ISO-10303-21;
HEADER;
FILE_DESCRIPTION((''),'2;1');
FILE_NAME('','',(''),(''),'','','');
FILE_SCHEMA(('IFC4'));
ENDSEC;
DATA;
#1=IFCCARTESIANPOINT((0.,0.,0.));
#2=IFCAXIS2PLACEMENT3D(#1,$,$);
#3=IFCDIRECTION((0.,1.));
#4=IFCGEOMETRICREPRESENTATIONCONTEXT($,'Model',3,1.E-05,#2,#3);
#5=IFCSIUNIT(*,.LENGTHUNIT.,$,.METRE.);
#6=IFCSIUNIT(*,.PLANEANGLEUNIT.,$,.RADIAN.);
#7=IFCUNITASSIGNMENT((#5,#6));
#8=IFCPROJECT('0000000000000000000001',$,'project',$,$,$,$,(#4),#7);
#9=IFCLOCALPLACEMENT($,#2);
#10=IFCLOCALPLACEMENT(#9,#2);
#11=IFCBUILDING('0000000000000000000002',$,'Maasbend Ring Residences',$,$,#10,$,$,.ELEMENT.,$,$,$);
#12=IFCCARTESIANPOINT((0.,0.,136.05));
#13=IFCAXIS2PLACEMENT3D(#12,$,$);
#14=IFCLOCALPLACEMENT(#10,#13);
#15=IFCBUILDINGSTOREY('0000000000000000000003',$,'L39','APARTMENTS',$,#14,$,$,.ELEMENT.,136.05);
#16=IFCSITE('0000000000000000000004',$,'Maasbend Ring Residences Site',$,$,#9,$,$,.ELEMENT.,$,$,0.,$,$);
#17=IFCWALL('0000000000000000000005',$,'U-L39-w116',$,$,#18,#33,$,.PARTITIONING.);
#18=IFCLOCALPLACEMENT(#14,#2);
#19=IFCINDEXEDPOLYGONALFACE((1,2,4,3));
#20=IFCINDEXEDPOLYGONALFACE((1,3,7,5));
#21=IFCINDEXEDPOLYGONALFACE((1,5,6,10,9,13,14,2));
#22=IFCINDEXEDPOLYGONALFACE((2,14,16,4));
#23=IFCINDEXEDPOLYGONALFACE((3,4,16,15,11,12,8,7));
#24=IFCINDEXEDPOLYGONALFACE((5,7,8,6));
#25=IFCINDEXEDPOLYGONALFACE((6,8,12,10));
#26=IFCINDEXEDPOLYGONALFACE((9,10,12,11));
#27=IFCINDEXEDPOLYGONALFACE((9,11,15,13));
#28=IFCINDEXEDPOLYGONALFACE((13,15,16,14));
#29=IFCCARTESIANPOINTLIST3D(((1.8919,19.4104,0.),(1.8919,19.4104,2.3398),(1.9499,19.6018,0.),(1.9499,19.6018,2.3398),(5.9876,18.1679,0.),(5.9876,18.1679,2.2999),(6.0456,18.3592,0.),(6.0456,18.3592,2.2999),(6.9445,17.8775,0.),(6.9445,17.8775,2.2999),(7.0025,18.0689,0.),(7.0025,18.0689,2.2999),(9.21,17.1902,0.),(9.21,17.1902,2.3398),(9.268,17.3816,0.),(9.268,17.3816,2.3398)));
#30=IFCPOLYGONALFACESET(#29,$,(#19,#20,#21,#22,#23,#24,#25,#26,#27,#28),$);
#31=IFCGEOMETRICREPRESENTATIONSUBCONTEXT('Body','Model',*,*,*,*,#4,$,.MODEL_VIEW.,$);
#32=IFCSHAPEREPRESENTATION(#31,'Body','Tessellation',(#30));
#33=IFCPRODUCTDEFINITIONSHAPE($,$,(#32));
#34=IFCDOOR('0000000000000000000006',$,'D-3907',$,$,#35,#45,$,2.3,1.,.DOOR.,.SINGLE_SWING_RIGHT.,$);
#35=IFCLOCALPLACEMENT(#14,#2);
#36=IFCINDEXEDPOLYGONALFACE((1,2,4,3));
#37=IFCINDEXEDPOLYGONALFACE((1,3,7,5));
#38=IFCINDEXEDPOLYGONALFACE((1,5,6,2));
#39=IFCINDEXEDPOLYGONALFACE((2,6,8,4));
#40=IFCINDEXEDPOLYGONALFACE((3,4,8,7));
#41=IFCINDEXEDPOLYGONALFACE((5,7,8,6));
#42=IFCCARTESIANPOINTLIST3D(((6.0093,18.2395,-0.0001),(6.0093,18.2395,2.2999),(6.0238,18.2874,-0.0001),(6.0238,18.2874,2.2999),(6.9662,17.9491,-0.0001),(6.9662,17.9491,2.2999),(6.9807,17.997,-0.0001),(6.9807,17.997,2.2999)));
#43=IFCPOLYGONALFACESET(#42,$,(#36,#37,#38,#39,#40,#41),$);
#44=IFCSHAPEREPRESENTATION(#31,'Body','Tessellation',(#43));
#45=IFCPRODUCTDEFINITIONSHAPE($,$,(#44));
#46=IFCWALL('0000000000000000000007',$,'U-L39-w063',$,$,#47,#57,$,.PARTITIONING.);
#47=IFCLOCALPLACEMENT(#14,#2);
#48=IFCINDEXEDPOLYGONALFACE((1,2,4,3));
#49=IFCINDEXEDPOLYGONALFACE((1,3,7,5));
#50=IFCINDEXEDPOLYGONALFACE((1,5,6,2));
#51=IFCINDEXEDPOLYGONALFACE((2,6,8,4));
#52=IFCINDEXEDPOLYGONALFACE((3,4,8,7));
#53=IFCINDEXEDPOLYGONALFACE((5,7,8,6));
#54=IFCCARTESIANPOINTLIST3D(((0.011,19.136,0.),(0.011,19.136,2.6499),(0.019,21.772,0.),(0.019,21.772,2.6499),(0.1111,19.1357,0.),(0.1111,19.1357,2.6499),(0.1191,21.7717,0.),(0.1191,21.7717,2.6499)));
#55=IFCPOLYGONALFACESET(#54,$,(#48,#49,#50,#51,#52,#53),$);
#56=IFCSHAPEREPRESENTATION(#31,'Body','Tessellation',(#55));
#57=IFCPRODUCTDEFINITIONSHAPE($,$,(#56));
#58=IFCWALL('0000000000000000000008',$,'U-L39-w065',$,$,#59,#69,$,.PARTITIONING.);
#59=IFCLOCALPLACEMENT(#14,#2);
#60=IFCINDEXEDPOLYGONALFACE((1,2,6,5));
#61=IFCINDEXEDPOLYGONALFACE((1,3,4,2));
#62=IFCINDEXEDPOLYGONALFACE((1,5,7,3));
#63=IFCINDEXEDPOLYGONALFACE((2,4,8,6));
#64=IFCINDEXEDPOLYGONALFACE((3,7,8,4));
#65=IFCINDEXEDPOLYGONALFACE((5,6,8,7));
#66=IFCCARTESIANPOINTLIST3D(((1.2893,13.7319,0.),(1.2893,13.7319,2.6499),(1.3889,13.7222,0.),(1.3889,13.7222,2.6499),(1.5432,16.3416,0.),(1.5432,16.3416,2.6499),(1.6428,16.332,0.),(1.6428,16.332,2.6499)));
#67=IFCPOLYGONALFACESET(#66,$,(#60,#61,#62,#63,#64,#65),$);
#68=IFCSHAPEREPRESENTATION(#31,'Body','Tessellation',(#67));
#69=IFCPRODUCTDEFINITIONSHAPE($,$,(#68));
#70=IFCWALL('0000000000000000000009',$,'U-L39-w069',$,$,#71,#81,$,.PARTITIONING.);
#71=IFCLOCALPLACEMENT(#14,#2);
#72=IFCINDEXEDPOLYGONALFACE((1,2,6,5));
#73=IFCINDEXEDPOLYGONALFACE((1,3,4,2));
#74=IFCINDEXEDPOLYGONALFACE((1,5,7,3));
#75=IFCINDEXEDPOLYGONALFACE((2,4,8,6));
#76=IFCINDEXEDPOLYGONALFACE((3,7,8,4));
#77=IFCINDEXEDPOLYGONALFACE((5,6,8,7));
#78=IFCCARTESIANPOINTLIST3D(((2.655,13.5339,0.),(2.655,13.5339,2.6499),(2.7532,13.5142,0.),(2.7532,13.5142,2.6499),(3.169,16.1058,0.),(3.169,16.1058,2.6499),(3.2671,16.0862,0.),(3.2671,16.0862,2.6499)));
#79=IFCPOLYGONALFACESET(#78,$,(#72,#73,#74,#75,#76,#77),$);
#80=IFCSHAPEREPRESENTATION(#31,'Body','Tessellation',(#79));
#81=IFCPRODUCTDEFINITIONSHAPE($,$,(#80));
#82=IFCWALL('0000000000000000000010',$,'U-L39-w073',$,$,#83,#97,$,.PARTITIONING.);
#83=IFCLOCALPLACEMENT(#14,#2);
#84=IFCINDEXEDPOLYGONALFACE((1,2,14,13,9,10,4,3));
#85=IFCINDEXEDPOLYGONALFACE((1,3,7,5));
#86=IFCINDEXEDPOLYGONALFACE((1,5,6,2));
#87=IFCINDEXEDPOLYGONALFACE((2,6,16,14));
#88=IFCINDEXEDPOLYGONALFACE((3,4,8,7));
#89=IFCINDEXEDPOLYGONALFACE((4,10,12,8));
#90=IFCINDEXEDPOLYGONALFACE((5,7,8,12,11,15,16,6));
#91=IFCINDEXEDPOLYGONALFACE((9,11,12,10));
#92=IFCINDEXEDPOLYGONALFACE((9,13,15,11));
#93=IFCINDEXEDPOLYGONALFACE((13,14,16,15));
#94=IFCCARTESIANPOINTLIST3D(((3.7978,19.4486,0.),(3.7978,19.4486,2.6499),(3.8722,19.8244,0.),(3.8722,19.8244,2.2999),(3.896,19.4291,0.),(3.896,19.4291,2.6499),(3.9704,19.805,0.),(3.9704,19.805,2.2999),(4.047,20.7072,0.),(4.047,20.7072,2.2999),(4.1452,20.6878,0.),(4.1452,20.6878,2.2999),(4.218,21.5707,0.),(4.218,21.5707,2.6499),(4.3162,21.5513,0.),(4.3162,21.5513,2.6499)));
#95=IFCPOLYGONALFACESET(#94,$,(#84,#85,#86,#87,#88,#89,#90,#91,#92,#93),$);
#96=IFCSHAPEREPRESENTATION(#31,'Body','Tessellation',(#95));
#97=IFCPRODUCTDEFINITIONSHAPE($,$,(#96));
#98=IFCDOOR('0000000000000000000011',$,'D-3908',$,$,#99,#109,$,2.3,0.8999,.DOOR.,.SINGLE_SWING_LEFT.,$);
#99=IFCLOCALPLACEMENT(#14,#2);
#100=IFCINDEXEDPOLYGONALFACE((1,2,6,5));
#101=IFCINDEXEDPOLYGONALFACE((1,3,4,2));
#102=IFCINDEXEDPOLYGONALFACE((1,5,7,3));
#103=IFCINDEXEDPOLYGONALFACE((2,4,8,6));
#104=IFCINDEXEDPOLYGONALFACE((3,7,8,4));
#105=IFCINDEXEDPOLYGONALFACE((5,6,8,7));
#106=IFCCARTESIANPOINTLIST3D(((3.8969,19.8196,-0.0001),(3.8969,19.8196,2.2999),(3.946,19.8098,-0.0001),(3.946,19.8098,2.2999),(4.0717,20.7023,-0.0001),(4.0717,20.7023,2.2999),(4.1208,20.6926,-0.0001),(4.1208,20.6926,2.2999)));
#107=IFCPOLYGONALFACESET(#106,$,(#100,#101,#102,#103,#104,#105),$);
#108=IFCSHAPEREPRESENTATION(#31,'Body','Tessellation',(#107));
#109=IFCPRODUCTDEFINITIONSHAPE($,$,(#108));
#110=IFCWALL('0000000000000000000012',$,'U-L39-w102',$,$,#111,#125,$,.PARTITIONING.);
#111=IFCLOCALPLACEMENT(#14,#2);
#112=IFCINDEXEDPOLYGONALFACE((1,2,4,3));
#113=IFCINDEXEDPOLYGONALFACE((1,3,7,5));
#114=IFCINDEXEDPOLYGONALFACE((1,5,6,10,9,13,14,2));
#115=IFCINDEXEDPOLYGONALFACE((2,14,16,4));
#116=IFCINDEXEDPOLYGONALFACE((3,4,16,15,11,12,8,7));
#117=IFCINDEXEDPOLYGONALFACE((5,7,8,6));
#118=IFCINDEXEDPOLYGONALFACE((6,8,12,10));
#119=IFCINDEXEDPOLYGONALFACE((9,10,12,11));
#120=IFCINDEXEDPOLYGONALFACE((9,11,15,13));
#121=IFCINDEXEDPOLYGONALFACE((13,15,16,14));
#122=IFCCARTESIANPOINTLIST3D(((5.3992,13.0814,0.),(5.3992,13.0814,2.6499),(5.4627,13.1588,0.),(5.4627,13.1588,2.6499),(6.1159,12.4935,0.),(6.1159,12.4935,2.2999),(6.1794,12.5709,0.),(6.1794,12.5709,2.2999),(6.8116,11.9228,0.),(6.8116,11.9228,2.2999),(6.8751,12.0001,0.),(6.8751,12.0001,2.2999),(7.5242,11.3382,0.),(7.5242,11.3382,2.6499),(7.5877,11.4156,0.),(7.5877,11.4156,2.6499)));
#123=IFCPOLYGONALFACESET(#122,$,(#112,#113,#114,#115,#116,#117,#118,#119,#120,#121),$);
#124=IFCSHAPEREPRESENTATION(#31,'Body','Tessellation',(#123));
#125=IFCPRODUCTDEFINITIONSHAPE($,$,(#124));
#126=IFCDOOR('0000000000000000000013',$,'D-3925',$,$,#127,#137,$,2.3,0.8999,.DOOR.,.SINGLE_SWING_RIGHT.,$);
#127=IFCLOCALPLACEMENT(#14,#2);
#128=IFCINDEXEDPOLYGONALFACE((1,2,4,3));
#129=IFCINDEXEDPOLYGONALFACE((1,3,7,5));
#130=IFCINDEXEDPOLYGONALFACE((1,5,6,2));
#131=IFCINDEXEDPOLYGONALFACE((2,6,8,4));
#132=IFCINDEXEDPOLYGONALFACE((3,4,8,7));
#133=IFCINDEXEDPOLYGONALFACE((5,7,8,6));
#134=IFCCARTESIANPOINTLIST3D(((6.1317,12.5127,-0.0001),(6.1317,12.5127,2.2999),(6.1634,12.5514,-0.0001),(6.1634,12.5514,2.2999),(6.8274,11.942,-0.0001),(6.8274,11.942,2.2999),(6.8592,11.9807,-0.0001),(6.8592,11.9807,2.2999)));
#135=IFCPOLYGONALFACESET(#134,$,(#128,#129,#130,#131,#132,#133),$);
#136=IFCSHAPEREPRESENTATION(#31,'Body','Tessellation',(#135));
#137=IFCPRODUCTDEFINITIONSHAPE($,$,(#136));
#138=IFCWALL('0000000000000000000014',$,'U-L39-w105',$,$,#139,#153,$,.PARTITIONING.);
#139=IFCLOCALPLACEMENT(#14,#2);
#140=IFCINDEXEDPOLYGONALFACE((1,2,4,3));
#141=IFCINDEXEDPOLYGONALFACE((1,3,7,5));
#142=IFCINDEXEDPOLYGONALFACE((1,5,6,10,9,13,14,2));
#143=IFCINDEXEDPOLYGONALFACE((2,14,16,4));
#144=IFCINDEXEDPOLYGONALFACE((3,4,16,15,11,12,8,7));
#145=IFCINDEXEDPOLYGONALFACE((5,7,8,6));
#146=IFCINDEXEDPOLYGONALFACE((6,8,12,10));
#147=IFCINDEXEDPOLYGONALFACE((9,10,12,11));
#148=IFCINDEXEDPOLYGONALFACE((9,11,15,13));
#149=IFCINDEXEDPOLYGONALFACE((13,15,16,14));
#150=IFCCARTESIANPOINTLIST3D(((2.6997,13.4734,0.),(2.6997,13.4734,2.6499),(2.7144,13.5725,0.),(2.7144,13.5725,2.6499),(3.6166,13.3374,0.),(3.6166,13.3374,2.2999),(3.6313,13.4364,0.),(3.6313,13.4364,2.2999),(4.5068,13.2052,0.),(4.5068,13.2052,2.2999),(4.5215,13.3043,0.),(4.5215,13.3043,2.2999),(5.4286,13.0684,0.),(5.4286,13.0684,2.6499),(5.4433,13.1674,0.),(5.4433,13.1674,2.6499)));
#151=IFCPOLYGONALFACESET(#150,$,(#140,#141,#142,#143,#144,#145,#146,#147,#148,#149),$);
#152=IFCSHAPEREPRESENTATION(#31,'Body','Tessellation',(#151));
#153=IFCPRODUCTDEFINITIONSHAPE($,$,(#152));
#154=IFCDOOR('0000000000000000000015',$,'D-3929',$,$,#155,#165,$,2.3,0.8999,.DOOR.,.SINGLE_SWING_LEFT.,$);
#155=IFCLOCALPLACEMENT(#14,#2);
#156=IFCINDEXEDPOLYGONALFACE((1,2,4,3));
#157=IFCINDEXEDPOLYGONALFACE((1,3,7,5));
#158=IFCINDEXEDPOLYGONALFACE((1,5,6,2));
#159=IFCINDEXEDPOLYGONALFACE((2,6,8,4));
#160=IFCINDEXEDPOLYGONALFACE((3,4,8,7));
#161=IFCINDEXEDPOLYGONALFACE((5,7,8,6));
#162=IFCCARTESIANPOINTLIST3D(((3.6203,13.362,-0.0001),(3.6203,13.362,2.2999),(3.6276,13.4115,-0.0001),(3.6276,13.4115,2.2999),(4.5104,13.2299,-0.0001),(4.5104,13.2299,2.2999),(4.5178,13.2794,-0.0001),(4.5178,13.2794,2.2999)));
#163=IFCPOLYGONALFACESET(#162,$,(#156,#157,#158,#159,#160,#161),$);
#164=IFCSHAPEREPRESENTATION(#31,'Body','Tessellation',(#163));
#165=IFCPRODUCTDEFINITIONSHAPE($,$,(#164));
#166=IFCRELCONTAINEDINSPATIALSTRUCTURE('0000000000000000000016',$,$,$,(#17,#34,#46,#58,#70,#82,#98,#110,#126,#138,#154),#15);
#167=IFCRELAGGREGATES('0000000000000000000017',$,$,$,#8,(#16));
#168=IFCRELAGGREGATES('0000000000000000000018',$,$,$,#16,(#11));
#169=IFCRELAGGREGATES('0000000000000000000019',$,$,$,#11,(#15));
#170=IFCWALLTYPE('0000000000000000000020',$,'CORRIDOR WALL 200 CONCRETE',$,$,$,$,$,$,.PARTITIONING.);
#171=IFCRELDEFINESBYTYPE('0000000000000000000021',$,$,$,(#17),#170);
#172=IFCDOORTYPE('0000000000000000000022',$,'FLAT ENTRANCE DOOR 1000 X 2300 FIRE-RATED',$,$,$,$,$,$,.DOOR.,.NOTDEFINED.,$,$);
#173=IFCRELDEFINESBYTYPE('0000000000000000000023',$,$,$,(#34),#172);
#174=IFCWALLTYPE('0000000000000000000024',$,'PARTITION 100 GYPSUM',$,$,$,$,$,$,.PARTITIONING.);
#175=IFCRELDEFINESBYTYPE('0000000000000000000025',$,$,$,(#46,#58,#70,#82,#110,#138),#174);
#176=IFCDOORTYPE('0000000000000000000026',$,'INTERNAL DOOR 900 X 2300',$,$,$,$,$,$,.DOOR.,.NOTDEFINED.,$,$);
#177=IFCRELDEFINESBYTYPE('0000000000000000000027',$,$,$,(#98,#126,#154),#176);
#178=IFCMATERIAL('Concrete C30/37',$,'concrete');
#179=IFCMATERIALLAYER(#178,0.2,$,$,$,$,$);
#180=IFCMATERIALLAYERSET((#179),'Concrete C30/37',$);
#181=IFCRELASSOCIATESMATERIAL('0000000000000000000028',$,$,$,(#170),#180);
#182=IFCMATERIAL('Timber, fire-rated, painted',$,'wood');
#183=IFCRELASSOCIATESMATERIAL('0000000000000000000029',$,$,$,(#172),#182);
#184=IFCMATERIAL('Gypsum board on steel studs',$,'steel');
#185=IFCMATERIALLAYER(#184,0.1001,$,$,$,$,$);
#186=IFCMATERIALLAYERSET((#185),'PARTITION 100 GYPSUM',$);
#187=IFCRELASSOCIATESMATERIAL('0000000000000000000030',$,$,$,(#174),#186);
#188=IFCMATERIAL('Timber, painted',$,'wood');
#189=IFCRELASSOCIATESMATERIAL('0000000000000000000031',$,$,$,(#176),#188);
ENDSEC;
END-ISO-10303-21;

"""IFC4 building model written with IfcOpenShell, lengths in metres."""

from ifc_helpers import new_model, si_unit, direction, frame, frame_2d, origin, place, context, subcontext, project, spatial, rectangle, extrude, material, layer, layer_set, type_object, element, fill, save


model = new_model("IFC4")

# Units and contexts
model_context = context("Model", 3, precision=1e-05, world=origin(), true_north=direction((0.0, 1.0)))
body_context = subcontext(model_context, "Body", "Model", "MODEL_VIEW")
ifc_project = project(units=[si_unit("LENGTHUNIT", "METRE"), si_unit("PLANEANGLEUNIT", "RADIAN")], contexts=[model_context])

# Site, building, storey
site_placement = place(None, origin())
site = spatial("IfcSite", under=ifc_project, at=site_placement, Name="Maasbend Ring Residences Site", CompositionType="ELEMENT", RefElevation=0.0)
building_placement = place(site_placement, origin())
building = spatial("IfcBuilding", under=site, at=building_placement, Name="Maasbend Ring Residences", CompositionType="ELEMENT")
storey_placement = place(building_placement, frame((0.0, 0.0, 136.05)))
storey = spatial("IfcBuildingStorey", under=building, at=storey_placement, Name="L39", Description="APARTMENTS", CompositionType="ELEMENT", Elevation=136.05)

# Wall, opening, door
ifc_material_1 = material(Name="Concrete C30/37", Category="concrete")
ifc_layer_1 = layer(ifc_material_1, 0.2)
ifc_layer_set_1 = layer_set([ifc_layer_1], Name="Concrete C30/37")
wall_type_1 = type_object("IfcWallType", Name="CORRIDOR WALL 200 CONCRETE", PredefinedType="PARTITIONING", material=ifc_layer_set_1)
ifc_material_2 = material(Name="Timber, fire-rated, painted", Category="wood")
door_type_1 = type_object("IfcDoorType", Name="FLAT ENTRANCE DOOR 1000 X 2300 FIRE-RATED", OperationType="NOTDEFINED", PredefinedType="DOOR", material=ifc_material_2)
wall_1_placement = place(storey_placement, frame((1.9209, 19.5061, 0.0), z_axis=(0.0, 0.0, 1.0), x_axis=(0.95693, -0.290319, 0.0)))
wall_1 = element("IfcWall", 1, at=wall_1_placement, inside=storey, type_object=wall_type_1, Name="U-L39-w116", PredefinedType="PARTITIONING", context=body_context, shape_type="SweptSolid", body=[
    extrude(rectangle(XDim=7.6475, YDim=0.2, at=frame_2d((3.8237, 0.0))), origin(), (0.0, 0.0, 1.0), 2.3398),
])
opening_1_placement = place(wall_1_placement, frame((4.28, 0.0, 0.0)))
opening_1 = element("IfcOpeningElement", 2, at=opening_1_placement, cuts=wall_1, PredefinedType="OPENING", context=body_context, shape_type="SweptSolid", body=[
    extrude(rectangle(XDim=1.0, YDim=2.3, at=frame_2d((0.5, 1.1499))), frame((0.0, 0.1099, 0.0), z_axis=(0.0, -1.0, 0.0), x_axis=(1.0, 0.0, 0.0)), (0.0, 0.0, 1.0), 0.22),
])
door_1_placement = place(opening_1_placement, origin())
door_1 = element("IfcDoor", 3, at=door_1_placement, inside=storey, type_object=door_type_1, Name="D-3907", OperationType="SINGLE_SWING_RIGHT", OverallHeight=2.3, OverallWidth=1.0, PredefinedType="DOOR", context=body_context, shape_type="SweptSolid", body=[
    extrude(rectangle(XDim=1.0, YDim=2.3, at=frame_2d((0.5, 1.1499))), frame((0.0, 0.0249, 0.0), z_axis=(0.0, -1.0, 0.0), x_axis=(1.0, 0.0, 0.0)), (0.0, 0.0, 1.0), 0.05),
])
fill(opening_1, door_1)

# Walls
ifc_material_3 = material(Name="Gypsum board on steel studs", Category="steel")
ifc_layer_2 = layer(ifc_material_3, 0.1001)
ifc_layer_set_2 = layer_set([ifc_layer_2], Name="PARTITION 100 GYPSUM")
wall_type_2 = type_object("IfcWallType", Name="PARTITION 100 GYPSUM", PredefinedType="PARTITIONING", material=ifc_layer_set_2)
wall_2_placement = place(storey_placement, frame((0.061, 19.136, 0.0), z_axis=(0.0, 0.0, 1.0), x_axis=(0.003056, 0.999995, 0.0)))
element("IfcWall", 4, at=wall_2_placement, inside=storey, type_object=wall_type_2, Name="U-L39-w063", PredefinedType="PARTITIONING", context=body_context, shape_type="SweptSolid", body=[
    extrude(rectangle(XDim=2.636, YDim=0.1001, at=frame_2d((1.3179, 0.0))), origin(), (0.0, 0.0, 1.0), 2.6499),
])
wall_3_placement = place(storey_placement, frame((1.3391, 13.7271, 0.0), z_axis=(0.0, 0.0, 1.0), x_axis=(0.09683, 0.995301, 0.0)))
element("IfcWall", 5, at=wall_3_placement, inside=storey, type_object=wall_type_2, Name="U-L39-w065", PredefinedType="PARTITIONING", context=body_context, shape_type="SweptSolid", body=[
    extrude(rectangle(XDim=2.6221, YDim=0.1001, at=frame_2d((1.311, 0.0))), origin(), (0.0, 0.0, 1.0), 2.6499),
])
wall_4_placement = place(storey_placement, frame((2.7041, 13.5239, 0.0), z_axis=(0.0, 0.0, 1.0), x_axis=(0.195937, 0.980616, 0.0)))
element("IfcWall", 6, at=wall_4_placement, inside=storey, type_object=wall_type_2, Name="U-L39-w069", PredefinedType="PARTITIONING", context=body_context, shape_type="SweptSolid", body=[
    extrude(rectangle(XDim=2.6228, YDim=0.1001, at=frame_2d((1.3115, 0.0))), origin(), (0.0, 0.0, 1.0), 2.6499),
])

# Walls, openings, doors
wall_5_placement = place(storey_placement, frame((3.8469, 19.439, 0.0), z_axis=(0.0, 0.0, 1.0), x_axis=(0.194228, 0.980956, 0.0)))
wall_5 = element("IfcWall", 7, at=wall_5_placement, inside=storey, type_object=wall_type_2, Name="U-L39-w073", PredefinedType="PARTITIONING", context=body_context, shape_type="SweptSolid", body=[
    extrude(rectangle(XDim=2.1633, YDim=0.1001, at=frame_2d((1.0815, 0.0))), origin(), (0.0, 0.0, 1.0), 2.6499),
])
opening_2_placement = place(wall_5_placement, frame((0.3831, 0.0, 0.0)))
opening_2 = element("IfcOpeningElement", 8, at=opening_2_placement, cuts=wall_5, PredefinedType="OPENING", context=body_context, shape_type="SweptSolid", body=[
    extrude(rectangle(XDim=0.8999, YDim=2.3, at=frame_2d((0.45, 1.1499))), frame((0.0, 0.0601, 0.0), z_axis=(0.0, -1.0, 0.0), x_axis=(1.0, 0.0, 0.0)), (0.0, 0.0, 1.0), 0.1201),
])
ifc_material_4 = material(Name="Timber, painted", Category="wood")
door_type_2 = type_object("IfcDoorType", Name="INTERNAL DOOR 900 X 2300", OperationType="NOTDEFINED", PredefinedType="DOOR", material=ifc_material_4)
door_2_placement = place(opening_2_placement, origin())
door_2 = element("IfcDoor", 9, at=door_2_placement, inside=storey, type_object=door_type_2, Name="D-3908", OperationType="SINGLE_SWING_LEFT", OverallHeight=2.3, OverallWidth=0.8999, PredefinedType="DOOR", context=body_context, shape_type="SweptSolid", body=[
    extrude(rectangle(XDim=0.8999, YDim=2.3, at=frame_2d((0.45, 1.1499))), frame((0.0, 0.0249, 0.0), z_axis=(0.0, -1.0, 0.0), x_axis=(1.0, 0.0, 0.0)), (0.0, 0.0, 1.0), 0.05),
])
fill(opening_2, door_2)
wall_6_placement = place(storey_placement, frame((5.4309, 13.1201, 0.0), z_axis=(0.0, 0.0, 1.0), x_axis=(0.773149, -0.634224, 0.0)))
wall_6 = element("IfcWall", 10, at=wall_6_placement, inside=storey, type_object=wall_type_2, Name="U-L39-w102", PredefinedType="PARTITIONING", context=body_context, shape_type="SweptSolid", body=[
    extrude(rectangle(XDim=2.7485, YDim=0.1001, at=frame_2d((1.3743, 0.0))), origin(), (0.0, 0.0, 1.0), 2.6499),
])
opening_3_placement = place(wall_6_placement, frame((0.927, 0.0, 0.0)))
opening_3 = element("IfcOpeningElement", 11, at=opening_3_placement, cuts=wall_6, PredefinedType="OPENING", context=body_context, shape_type="SweptSolid", body=[
    extrude(rectangle(XDim=0.8999, YDim=2.3, at=frame_2d((0.45, 1.1499))), frame((0.0, 0.0601, 0.0), z_axis=(0.0, -1.0, 0.0), x_axis=(1.0, 0.0, 0.0)), (0.0, 0.0, 1.0), 0.1201),
])
door_3_placement = place(opening_3_placement, origin())
door_3 = element("IfcDoor", 12, at=door_3_placement, inside=storey, type_object=door_type_2, Name="D-3925", OperationType="SINGLE_SWING_RIGHT", OverallHeight=2.3, OverallWidth=0.8999, PredefinedType="DOOR", context=body_context, shape_type="SweptSolid", body=[
    extrude(rectangle(XDim=0.8999, YDim=2.3, at=frame_2d((0.45, 1.1499))), frame((0.0, 0.0249, 0.0), z_axis=(0.0, -1.0, 0.0), x_axis=(1.0, 0.0, 0.0)), (0.0, 0.0, 1.0), 0.05),
])
fill(opening_3, door_3)
wall_7_placement = place(storey_placement, frame((2.707, 13.5229, 0.0), z_axis=(0.0, 0.0, 1.0), x_axis=(0.989165, -0.146808, 0.0)))
wall_7 = element("IfcWall", 13, at=wall_7_placement, inside=storey, type_object=wall_type_2, Name="U-L39-w105", PredefinedType="PARTITIONING", context=body_context, shape_type="SweptSolid", body=[
    extrude(rectangle(XDim=2.7588, YDim=0.1001, at=frame_2d((1.3794, 0.0))), origin(), (0.0, 0.0, 1.0), 2.6499),
])
opening_4_placement = place(wall_7_placement, frame((0.927, 0.0, 0.0)))
opening_4 = element("IfcOpeningElement", 14, at=opening_4_placement, cuts=wall_7, PredefinedType="OPENING", context=body_context, shape_type="SweptSolid", body=[
    extrude(rectangle(XDim=0.8999, YDim=2.3, at=frame_2d((0.45, 1.1499))), frame((0.0, 0.0601, 0.0), z_axis=(0.0, -1.0, 0.0), x_axis=(1.0, 0.0, 0.0)), (0.0, 0.0, 1.0), 0.1201),
])
door_4_placement = place(opening_4_placement, origin())
door_4 = element("IfcDoor", 15, at=door_4_placement, inside=storey, type_object=door_type_2, Name="D-3929", OperationType="SINGLE_SWING_LEFT", OverallHeight=2.3, OverallWidth=0.8999, PredefinedType="DOOR", context=body_context, shape_type="SweptSolid", body=[
    extrude(rectangle(XDim=0.8999, YDim=2.3, at=frame_2d((0.45, 1.1499))), frame((0.0, 0.0249, 0.0), z_axis=(0.0, -1.0, 0.0), x_axis=(1.0, 0.0, 0.0)), (0.0, 0.0, 1.0), 0.05),
])
fill(opening_4, door_4)

save(model, "model.ifc")
